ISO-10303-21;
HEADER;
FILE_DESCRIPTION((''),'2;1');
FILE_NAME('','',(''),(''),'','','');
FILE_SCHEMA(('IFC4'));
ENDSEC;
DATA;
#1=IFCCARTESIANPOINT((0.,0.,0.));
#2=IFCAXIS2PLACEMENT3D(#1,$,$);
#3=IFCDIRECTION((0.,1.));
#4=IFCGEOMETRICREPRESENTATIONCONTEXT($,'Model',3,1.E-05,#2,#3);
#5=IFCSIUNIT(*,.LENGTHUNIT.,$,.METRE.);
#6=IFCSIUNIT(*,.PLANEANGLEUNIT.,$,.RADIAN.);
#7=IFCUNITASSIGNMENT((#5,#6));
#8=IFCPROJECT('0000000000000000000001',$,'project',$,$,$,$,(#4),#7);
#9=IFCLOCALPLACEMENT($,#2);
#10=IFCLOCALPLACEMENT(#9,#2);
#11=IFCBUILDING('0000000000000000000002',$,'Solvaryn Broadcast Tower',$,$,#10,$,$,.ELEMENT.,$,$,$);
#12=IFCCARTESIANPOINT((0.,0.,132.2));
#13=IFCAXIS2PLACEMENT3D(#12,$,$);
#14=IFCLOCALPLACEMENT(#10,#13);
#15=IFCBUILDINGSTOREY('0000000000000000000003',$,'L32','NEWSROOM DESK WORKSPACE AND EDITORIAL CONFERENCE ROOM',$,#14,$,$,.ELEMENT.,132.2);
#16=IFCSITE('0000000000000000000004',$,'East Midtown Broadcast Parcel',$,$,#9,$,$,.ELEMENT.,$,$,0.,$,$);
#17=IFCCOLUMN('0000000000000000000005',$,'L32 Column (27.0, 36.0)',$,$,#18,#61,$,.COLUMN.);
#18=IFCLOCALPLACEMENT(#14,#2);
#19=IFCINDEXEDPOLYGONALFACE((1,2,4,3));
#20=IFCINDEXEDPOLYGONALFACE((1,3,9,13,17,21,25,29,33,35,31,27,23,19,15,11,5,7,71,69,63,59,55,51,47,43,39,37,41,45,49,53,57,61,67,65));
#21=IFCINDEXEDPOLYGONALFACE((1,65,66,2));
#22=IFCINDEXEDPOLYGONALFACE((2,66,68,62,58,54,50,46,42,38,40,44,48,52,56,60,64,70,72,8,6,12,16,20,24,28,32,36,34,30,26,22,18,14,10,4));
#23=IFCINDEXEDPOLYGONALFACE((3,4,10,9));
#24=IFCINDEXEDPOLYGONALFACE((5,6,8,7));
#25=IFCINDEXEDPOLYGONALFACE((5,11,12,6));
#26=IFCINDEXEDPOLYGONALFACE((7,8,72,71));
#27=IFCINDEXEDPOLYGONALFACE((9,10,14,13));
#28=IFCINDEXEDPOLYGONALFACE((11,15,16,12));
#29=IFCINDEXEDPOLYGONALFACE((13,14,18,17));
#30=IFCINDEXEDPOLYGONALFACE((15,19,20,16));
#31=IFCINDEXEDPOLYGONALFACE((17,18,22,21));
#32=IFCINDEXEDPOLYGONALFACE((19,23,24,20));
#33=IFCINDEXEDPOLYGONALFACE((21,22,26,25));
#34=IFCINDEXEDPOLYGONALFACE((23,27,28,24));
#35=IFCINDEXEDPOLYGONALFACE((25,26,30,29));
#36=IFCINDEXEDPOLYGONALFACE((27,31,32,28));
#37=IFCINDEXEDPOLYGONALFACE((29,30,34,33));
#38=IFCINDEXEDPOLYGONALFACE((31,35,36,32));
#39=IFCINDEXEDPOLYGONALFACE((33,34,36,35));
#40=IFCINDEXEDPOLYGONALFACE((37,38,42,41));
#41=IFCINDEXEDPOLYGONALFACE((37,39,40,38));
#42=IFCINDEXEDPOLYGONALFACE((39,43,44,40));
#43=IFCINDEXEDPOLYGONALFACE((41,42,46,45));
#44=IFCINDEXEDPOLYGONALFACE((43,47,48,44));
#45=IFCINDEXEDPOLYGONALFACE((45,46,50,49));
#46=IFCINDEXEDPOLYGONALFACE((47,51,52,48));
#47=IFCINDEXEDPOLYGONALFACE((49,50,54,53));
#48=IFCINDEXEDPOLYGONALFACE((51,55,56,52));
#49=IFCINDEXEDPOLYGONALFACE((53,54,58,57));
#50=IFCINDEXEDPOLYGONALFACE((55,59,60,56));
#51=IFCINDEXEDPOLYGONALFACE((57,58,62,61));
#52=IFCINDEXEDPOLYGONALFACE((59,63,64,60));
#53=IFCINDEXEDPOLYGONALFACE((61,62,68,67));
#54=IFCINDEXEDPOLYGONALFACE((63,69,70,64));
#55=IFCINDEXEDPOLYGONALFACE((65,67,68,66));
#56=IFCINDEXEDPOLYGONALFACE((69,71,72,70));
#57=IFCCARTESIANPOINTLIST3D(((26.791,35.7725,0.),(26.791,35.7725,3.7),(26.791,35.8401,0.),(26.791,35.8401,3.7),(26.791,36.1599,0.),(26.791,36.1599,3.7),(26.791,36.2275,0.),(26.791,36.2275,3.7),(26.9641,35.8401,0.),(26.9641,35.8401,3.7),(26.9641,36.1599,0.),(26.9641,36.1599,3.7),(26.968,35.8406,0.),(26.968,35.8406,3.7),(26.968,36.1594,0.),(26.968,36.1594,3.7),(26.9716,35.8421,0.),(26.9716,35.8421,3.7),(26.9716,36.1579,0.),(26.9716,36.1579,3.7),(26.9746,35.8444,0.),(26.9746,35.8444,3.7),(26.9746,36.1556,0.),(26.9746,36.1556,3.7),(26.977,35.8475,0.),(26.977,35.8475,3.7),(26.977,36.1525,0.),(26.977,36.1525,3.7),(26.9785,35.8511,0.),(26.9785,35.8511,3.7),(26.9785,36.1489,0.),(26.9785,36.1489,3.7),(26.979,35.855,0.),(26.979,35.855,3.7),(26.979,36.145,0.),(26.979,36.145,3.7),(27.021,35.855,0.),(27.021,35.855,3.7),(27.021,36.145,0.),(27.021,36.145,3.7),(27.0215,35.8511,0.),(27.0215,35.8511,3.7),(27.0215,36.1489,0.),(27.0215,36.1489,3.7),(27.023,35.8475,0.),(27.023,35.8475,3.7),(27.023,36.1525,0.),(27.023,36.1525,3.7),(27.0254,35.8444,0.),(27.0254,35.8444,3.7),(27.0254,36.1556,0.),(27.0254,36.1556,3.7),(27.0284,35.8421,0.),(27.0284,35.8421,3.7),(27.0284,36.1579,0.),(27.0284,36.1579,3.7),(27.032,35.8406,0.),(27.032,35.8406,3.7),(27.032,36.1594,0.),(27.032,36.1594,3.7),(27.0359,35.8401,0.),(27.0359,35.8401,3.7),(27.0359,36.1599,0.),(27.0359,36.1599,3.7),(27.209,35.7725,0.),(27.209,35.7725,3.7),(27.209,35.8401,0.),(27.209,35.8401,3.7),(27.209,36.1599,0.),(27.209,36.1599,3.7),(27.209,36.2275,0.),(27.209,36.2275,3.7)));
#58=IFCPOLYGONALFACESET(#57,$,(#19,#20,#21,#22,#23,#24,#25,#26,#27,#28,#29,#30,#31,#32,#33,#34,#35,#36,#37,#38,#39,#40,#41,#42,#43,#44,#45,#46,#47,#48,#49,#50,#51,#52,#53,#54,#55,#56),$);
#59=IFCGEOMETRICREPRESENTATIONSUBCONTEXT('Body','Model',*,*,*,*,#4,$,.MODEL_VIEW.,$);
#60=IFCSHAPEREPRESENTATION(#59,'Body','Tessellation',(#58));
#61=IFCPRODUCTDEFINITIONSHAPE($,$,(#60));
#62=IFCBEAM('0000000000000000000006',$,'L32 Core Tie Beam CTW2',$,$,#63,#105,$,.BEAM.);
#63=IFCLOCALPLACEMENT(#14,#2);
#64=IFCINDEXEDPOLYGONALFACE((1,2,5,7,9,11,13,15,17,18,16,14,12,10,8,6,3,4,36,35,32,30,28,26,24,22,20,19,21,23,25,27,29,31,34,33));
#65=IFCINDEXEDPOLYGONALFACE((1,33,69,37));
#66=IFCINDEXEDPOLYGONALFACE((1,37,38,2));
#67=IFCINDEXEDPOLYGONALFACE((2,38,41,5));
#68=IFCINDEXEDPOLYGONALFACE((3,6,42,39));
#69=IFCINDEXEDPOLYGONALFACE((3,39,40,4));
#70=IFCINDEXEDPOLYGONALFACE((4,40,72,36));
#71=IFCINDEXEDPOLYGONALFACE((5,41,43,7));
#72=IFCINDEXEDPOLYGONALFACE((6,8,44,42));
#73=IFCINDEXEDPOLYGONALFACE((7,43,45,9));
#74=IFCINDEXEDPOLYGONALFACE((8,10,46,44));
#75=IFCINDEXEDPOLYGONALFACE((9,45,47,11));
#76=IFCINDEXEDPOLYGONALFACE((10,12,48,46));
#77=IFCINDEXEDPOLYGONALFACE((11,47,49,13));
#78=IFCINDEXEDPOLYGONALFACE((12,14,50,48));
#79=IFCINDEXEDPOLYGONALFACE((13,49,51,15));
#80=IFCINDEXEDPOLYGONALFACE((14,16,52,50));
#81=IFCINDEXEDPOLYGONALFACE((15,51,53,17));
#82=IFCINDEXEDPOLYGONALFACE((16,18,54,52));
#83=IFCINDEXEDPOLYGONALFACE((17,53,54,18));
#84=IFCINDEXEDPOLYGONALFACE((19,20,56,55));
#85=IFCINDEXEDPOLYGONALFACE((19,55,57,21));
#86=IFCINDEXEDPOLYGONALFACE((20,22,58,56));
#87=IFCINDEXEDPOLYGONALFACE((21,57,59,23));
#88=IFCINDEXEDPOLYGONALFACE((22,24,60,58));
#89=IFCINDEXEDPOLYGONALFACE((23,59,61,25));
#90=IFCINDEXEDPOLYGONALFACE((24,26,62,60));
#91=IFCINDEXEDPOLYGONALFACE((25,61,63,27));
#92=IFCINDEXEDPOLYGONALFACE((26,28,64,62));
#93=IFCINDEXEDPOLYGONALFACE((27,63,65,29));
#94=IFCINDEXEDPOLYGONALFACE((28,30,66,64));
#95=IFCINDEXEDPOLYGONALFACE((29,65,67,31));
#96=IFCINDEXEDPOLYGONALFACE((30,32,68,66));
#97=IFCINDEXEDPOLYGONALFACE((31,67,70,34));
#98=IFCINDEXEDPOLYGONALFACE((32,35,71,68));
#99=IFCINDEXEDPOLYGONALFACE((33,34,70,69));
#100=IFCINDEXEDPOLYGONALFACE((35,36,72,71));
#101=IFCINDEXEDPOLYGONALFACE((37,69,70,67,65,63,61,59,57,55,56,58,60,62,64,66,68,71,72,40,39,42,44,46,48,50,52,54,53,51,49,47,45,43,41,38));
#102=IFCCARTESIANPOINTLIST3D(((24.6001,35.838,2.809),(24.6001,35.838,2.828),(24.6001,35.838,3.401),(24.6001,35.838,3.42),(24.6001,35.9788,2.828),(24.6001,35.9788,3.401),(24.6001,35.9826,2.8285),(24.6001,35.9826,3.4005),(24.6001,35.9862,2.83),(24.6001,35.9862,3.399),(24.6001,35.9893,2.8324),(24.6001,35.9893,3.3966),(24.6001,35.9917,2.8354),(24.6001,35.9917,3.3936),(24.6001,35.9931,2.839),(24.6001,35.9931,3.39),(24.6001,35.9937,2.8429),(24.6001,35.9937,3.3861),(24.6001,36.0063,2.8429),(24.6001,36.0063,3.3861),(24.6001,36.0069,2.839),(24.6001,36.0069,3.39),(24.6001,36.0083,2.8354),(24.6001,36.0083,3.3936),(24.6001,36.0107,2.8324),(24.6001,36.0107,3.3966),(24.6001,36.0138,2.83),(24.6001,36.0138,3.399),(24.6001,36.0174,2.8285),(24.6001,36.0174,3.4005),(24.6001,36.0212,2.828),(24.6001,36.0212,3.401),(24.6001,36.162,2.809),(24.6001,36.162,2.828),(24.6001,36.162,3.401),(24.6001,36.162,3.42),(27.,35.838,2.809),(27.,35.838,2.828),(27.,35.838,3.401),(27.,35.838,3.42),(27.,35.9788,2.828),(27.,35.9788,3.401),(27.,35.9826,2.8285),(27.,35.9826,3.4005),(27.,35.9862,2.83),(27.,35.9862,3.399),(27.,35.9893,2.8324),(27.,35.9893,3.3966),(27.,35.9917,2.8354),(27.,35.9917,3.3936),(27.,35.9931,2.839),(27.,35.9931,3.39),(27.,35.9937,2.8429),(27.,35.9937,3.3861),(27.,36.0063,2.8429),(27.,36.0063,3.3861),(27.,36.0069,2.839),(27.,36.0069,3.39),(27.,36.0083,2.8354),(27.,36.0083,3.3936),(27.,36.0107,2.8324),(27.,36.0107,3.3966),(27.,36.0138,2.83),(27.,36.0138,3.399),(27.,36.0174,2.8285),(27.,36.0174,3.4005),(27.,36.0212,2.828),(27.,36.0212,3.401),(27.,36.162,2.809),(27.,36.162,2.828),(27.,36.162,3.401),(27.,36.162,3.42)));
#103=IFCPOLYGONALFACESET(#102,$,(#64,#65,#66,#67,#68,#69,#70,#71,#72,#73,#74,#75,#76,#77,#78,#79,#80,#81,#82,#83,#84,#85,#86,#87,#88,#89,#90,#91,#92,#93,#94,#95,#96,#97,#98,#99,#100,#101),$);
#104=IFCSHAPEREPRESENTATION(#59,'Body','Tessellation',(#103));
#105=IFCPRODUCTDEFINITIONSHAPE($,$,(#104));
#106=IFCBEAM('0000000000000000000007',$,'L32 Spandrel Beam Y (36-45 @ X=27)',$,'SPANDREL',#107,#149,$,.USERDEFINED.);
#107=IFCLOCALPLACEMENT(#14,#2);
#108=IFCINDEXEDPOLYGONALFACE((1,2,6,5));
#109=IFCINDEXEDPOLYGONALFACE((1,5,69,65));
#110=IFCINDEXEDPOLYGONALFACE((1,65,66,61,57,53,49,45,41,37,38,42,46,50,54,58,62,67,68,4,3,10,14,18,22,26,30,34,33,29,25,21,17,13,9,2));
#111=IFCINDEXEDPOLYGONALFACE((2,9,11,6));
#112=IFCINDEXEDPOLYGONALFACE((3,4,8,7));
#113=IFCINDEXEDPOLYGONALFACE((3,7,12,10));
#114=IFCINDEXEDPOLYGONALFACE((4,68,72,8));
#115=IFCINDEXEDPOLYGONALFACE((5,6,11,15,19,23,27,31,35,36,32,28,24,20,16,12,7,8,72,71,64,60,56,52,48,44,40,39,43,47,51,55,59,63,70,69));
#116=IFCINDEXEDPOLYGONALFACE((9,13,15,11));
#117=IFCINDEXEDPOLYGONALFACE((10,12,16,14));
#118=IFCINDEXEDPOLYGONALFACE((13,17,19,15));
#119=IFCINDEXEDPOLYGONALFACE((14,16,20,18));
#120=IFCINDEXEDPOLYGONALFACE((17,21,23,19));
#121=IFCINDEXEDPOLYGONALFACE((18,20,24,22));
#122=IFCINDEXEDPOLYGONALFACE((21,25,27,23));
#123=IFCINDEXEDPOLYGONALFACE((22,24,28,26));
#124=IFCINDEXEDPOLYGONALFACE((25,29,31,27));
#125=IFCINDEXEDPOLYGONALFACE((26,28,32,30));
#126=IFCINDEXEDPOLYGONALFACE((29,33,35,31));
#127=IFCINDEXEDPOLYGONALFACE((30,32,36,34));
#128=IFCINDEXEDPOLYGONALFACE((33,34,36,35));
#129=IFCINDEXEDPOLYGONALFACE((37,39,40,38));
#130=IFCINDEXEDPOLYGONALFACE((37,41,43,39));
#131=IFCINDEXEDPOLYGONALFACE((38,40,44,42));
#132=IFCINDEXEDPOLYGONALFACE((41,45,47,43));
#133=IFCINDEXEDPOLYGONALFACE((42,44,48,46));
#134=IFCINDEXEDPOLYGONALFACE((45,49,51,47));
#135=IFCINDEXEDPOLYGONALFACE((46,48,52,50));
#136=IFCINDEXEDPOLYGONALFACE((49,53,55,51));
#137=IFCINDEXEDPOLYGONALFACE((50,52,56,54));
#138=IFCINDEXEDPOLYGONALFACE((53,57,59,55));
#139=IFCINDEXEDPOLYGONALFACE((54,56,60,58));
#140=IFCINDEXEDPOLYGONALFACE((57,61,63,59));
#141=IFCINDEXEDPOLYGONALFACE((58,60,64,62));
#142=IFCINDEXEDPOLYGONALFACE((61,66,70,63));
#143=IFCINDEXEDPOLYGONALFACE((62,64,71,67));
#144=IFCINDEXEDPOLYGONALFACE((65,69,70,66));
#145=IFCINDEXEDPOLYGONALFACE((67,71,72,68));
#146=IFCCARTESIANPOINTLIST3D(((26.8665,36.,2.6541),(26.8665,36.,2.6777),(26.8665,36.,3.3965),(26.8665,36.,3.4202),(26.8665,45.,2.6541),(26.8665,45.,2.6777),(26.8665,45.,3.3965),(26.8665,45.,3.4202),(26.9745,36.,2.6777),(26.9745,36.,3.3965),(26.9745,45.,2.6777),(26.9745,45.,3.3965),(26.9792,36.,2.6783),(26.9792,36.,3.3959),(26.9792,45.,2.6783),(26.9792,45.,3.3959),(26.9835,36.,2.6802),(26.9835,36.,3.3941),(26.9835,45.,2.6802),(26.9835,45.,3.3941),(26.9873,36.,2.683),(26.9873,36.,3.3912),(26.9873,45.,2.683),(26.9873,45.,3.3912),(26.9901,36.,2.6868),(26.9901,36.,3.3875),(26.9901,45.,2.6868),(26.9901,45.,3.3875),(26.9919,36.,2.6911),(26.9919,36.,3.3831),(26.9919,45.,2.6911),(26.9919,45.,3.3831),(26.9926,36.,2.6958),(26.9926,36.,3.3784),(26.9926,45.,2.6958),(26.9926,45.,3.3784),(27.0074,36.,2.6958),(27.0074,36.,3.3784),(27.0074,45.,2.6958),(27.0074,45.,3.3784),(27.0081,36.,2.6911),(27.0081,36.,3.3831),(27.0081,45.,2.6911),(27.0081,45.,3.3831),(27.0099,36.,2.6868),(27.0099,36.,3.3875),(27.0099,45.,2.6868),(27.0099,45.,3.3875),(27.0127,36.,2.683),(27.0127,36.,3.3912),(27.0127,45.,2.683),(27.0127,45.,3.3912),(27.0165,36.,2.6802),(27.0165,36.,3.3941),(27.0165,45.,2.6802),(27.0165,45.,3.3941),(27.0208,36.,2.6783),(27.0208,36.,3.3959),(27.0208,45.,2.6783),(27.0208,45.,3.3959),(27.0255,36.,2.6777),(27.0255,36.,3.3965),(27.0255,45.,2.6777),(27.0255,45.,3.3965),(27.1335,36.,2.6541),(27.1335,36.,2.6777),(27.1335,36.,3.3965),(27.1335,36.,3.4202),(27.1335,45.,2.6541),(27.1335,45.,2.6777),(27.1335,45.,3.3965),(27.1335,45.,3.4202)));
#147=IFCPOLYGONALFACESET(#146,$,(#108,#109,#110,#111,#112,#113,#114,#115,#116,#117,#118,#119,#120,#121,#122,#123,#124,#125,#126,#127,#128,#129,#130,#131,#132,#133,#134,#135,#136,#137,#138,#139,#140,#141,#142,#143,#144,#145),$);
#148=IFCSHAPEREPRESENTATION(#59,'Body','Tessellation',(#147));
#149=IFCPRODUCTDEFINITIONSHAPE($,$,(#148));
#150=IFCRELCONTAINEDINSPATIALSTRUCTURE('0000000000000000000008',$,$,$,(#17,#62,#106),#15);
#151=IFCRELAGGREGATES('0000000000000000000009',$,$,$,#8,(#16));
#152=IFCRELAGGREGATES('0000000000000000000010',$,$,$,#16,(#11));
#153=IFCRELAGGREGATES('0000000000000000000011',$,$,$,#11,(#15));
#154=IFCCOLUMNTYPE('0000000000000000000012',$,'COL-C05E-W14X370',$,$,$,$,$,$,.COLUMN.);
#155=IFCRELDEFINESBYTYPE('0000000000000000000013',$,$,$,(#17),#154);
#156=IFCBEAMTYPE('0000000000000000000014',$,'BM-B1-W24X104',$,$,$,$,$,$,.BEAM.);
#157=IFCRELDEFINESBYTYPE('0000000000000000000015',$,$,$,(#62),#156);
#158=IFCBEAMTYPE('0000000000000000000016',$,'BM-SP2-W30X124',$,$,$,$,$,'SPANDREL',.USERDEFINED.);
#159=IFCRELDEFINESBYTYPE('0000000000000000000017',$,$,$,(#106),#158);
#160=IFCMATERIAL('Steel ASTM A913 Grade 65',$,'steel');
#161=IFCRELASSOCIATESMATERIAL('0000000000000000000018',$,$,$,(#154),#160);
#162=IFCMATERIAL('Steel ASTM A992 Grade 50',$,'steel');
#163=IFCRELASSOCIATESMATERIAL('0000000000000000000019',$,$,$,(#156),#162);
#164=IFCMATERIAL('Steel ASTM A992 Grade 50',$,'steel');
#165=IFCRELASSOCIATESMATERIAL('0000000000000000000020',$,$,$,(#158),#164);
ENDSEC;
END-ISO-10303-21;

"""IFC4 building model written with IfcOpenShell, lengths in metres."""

from ifc_helpers import new_model, si_unit, direction, frame, origin, origin_2d, place, context, subcontext, project, spatial, i_section, extrude, material, material_profile, profile_set, type_object, element, save


model = new_model("IFC4")

# Units and contexts
model_context = context("Model", 3, precision=1e-05, world=origin(), true_north=direction((0.0, 1.0)))
body_context = subcontext(model_context, "Body", "Model", "MODEL_VIEW")
ifc_project = project(units=[si_unit("LENGTHUNIT", "METRE"), si_unit("PLANEANGLEUNIT", "RADIAN")], contexts=[model_context])

# Site, building, storey
site_placement = place(None, origin())
site = spatial("IfcSite", under=ifc_project, at=site_placement, Name="East Midtown Broadcast Parcel", CompositionType="ELEMENT", RefElevation=0.0)
building_placement = place(site_placement, origin())
building = spatial("IfcBuilding", under=site, at=building_placement, Name="Solvaryn Broadcast Tower", CompositionType="ELEMENT")
storey_placement = place(building_placement, frame((0.0, 0.0, 132.2)))
storey = spatial("IfcBuildingStorey", under=building, at=storey_placement, Name="L32", Description="NEWSROOM DESK WORKSPACE AND EDITORIAL CONFERENCE ROOM", CompositionType="ELEMENT", Elevation=132.2)

# Column
ifc_material_1 = material(Name="Steel ASTM A913 Grade 65", Category="steel")
ifc_material_profile_1 = material_profile(ifc_material_1, i_section(OverallWidth=0.418, OverallDepth=0.4551, WebThickness=0.042, FlangeThickness=0.0676, FilletRadius=0.0149, at=origin_2d()))
ifc_profile_set_1 = profile_set([ifc_material_profile_1], Name="Steel ASTM A913 Grade 65")
column_type = type_object("IfcColumnType", Name="COL-C05E-W14X370", PredefinedType="COLUMN", material=ifc_profile_set_1)
column_placement = place(storey_placement, frame((27.0, 36.0, 0.0), z_axis=(0.0, 0.0, 1.0), x_axis=(1.0, 0.0, 0.0)))
element("IfcColumn", 1, at=column_placement, inside=storey, type_object=column_type, Name="L32 Column (27.0, 36.0)", PredefinedType="COLUMN", context=body_context, shape_type="SweptSolid", body=[
    extrude(i_section(OverallWidth=0.418, OverallDepth=0.4551, WebThickness=0.042, FlangeThickness=0.0676, FilletRadius=0.0149, at=origin_2d()), origin(), (0.0, 0.0, 1.0), 3.7),
])

# Beams
ifc_material_2 = material(Name="Steel ASTM A992 Grade 50", Category="steel")
ifc_material_profile_2 = material_profile(ifc_material_2, i_section(OverallWidth=0.324, OverallDepth=0.6111, WebThickness=0.0127, FlangeThickness=0.019, FilletRadius=0.0149, at=origin_2d()))
ifc_profile_set_2 = profile_set([ifc_material_profile_2], Name="Steel ASTM A992 Grade 50")
beam_type_1 = type_object("IfcBeamType", Name="BM-B1-W24X104", PredefinedType="BEAM", material=ifc_profile_set_2)
beam_1_placement = place(storey_placement, frame((24.6001, 36.0, 3.1145), z_axis=(1.0, 0.0, 0.0), x_axis=(0.0, 1.0, 0.0)))
element("IfcBeam", 2, at=beam_1_placement, inside=storey, type_object=beam_type_1, Name="L32 Core Tie Beam CTW2", PredefinedType="BEAM", context=body_context, shape_type="SweptSolid", body=[
    extrude(i_section(OverallWidth=0.324, OverallDepth=0.6111, WebThickness=0.0127, FlangeThickness=0.019, FilletRadius=0.0149, at=origin_2d()), origin(), (0.0, 0.0, 1.0), 2.3999),
])
ifc_material_3 = material(Name="Steel ASTM A992 Grade 50", Category="steel")
ifc_material_profile_3 = material_profile(ifc_material_3, i_section(OverallWidth=0.2671, OverallDepth=0.7661, WebThickness=0.0149, FlangeThickness=0.0237, FilletRadius=0.0181, at=origin_2d()))
ifc_profile_set_3 = profile_set([ifc_material_profile_3], Name="Steel ASTM A992 Grade 50")
beam_type_2 = type_object("IfcBeamType", Name="BM-SP2-W30X124", ElementType="SPANDREL", PredefinedType="USERDEFINED", material=ifc_profile_set_3)
beam_2_placement = place(storey_placement, frame((27.0, 36.0, 3.0371), z_axis=(0.0, 1.0, 0.0), x_axis=(-1.0, 0.0, 0.0)))
element("IfcBeam", 3, at=beam_2_placement, inside=storey, type_object=beam_type_2, Name="L32 Spandrel Beam Y (36-45 @ X=27)", ObjectType="SPANDREL", PredefinedType="USERDEFINED", context=body_context, shape_type="SweptSolid", body=[
    extrude(i_section(OverallWidth=0.2671, OverallDepth=0.7661, WebThickness=0.0149, FlangeThickness=0.0237, FilletRadius=0.0181, at=origin_2d()), origin(), (0.0, 0.0, 1.0), 9.0),
])

save(model, "model.ifc")
